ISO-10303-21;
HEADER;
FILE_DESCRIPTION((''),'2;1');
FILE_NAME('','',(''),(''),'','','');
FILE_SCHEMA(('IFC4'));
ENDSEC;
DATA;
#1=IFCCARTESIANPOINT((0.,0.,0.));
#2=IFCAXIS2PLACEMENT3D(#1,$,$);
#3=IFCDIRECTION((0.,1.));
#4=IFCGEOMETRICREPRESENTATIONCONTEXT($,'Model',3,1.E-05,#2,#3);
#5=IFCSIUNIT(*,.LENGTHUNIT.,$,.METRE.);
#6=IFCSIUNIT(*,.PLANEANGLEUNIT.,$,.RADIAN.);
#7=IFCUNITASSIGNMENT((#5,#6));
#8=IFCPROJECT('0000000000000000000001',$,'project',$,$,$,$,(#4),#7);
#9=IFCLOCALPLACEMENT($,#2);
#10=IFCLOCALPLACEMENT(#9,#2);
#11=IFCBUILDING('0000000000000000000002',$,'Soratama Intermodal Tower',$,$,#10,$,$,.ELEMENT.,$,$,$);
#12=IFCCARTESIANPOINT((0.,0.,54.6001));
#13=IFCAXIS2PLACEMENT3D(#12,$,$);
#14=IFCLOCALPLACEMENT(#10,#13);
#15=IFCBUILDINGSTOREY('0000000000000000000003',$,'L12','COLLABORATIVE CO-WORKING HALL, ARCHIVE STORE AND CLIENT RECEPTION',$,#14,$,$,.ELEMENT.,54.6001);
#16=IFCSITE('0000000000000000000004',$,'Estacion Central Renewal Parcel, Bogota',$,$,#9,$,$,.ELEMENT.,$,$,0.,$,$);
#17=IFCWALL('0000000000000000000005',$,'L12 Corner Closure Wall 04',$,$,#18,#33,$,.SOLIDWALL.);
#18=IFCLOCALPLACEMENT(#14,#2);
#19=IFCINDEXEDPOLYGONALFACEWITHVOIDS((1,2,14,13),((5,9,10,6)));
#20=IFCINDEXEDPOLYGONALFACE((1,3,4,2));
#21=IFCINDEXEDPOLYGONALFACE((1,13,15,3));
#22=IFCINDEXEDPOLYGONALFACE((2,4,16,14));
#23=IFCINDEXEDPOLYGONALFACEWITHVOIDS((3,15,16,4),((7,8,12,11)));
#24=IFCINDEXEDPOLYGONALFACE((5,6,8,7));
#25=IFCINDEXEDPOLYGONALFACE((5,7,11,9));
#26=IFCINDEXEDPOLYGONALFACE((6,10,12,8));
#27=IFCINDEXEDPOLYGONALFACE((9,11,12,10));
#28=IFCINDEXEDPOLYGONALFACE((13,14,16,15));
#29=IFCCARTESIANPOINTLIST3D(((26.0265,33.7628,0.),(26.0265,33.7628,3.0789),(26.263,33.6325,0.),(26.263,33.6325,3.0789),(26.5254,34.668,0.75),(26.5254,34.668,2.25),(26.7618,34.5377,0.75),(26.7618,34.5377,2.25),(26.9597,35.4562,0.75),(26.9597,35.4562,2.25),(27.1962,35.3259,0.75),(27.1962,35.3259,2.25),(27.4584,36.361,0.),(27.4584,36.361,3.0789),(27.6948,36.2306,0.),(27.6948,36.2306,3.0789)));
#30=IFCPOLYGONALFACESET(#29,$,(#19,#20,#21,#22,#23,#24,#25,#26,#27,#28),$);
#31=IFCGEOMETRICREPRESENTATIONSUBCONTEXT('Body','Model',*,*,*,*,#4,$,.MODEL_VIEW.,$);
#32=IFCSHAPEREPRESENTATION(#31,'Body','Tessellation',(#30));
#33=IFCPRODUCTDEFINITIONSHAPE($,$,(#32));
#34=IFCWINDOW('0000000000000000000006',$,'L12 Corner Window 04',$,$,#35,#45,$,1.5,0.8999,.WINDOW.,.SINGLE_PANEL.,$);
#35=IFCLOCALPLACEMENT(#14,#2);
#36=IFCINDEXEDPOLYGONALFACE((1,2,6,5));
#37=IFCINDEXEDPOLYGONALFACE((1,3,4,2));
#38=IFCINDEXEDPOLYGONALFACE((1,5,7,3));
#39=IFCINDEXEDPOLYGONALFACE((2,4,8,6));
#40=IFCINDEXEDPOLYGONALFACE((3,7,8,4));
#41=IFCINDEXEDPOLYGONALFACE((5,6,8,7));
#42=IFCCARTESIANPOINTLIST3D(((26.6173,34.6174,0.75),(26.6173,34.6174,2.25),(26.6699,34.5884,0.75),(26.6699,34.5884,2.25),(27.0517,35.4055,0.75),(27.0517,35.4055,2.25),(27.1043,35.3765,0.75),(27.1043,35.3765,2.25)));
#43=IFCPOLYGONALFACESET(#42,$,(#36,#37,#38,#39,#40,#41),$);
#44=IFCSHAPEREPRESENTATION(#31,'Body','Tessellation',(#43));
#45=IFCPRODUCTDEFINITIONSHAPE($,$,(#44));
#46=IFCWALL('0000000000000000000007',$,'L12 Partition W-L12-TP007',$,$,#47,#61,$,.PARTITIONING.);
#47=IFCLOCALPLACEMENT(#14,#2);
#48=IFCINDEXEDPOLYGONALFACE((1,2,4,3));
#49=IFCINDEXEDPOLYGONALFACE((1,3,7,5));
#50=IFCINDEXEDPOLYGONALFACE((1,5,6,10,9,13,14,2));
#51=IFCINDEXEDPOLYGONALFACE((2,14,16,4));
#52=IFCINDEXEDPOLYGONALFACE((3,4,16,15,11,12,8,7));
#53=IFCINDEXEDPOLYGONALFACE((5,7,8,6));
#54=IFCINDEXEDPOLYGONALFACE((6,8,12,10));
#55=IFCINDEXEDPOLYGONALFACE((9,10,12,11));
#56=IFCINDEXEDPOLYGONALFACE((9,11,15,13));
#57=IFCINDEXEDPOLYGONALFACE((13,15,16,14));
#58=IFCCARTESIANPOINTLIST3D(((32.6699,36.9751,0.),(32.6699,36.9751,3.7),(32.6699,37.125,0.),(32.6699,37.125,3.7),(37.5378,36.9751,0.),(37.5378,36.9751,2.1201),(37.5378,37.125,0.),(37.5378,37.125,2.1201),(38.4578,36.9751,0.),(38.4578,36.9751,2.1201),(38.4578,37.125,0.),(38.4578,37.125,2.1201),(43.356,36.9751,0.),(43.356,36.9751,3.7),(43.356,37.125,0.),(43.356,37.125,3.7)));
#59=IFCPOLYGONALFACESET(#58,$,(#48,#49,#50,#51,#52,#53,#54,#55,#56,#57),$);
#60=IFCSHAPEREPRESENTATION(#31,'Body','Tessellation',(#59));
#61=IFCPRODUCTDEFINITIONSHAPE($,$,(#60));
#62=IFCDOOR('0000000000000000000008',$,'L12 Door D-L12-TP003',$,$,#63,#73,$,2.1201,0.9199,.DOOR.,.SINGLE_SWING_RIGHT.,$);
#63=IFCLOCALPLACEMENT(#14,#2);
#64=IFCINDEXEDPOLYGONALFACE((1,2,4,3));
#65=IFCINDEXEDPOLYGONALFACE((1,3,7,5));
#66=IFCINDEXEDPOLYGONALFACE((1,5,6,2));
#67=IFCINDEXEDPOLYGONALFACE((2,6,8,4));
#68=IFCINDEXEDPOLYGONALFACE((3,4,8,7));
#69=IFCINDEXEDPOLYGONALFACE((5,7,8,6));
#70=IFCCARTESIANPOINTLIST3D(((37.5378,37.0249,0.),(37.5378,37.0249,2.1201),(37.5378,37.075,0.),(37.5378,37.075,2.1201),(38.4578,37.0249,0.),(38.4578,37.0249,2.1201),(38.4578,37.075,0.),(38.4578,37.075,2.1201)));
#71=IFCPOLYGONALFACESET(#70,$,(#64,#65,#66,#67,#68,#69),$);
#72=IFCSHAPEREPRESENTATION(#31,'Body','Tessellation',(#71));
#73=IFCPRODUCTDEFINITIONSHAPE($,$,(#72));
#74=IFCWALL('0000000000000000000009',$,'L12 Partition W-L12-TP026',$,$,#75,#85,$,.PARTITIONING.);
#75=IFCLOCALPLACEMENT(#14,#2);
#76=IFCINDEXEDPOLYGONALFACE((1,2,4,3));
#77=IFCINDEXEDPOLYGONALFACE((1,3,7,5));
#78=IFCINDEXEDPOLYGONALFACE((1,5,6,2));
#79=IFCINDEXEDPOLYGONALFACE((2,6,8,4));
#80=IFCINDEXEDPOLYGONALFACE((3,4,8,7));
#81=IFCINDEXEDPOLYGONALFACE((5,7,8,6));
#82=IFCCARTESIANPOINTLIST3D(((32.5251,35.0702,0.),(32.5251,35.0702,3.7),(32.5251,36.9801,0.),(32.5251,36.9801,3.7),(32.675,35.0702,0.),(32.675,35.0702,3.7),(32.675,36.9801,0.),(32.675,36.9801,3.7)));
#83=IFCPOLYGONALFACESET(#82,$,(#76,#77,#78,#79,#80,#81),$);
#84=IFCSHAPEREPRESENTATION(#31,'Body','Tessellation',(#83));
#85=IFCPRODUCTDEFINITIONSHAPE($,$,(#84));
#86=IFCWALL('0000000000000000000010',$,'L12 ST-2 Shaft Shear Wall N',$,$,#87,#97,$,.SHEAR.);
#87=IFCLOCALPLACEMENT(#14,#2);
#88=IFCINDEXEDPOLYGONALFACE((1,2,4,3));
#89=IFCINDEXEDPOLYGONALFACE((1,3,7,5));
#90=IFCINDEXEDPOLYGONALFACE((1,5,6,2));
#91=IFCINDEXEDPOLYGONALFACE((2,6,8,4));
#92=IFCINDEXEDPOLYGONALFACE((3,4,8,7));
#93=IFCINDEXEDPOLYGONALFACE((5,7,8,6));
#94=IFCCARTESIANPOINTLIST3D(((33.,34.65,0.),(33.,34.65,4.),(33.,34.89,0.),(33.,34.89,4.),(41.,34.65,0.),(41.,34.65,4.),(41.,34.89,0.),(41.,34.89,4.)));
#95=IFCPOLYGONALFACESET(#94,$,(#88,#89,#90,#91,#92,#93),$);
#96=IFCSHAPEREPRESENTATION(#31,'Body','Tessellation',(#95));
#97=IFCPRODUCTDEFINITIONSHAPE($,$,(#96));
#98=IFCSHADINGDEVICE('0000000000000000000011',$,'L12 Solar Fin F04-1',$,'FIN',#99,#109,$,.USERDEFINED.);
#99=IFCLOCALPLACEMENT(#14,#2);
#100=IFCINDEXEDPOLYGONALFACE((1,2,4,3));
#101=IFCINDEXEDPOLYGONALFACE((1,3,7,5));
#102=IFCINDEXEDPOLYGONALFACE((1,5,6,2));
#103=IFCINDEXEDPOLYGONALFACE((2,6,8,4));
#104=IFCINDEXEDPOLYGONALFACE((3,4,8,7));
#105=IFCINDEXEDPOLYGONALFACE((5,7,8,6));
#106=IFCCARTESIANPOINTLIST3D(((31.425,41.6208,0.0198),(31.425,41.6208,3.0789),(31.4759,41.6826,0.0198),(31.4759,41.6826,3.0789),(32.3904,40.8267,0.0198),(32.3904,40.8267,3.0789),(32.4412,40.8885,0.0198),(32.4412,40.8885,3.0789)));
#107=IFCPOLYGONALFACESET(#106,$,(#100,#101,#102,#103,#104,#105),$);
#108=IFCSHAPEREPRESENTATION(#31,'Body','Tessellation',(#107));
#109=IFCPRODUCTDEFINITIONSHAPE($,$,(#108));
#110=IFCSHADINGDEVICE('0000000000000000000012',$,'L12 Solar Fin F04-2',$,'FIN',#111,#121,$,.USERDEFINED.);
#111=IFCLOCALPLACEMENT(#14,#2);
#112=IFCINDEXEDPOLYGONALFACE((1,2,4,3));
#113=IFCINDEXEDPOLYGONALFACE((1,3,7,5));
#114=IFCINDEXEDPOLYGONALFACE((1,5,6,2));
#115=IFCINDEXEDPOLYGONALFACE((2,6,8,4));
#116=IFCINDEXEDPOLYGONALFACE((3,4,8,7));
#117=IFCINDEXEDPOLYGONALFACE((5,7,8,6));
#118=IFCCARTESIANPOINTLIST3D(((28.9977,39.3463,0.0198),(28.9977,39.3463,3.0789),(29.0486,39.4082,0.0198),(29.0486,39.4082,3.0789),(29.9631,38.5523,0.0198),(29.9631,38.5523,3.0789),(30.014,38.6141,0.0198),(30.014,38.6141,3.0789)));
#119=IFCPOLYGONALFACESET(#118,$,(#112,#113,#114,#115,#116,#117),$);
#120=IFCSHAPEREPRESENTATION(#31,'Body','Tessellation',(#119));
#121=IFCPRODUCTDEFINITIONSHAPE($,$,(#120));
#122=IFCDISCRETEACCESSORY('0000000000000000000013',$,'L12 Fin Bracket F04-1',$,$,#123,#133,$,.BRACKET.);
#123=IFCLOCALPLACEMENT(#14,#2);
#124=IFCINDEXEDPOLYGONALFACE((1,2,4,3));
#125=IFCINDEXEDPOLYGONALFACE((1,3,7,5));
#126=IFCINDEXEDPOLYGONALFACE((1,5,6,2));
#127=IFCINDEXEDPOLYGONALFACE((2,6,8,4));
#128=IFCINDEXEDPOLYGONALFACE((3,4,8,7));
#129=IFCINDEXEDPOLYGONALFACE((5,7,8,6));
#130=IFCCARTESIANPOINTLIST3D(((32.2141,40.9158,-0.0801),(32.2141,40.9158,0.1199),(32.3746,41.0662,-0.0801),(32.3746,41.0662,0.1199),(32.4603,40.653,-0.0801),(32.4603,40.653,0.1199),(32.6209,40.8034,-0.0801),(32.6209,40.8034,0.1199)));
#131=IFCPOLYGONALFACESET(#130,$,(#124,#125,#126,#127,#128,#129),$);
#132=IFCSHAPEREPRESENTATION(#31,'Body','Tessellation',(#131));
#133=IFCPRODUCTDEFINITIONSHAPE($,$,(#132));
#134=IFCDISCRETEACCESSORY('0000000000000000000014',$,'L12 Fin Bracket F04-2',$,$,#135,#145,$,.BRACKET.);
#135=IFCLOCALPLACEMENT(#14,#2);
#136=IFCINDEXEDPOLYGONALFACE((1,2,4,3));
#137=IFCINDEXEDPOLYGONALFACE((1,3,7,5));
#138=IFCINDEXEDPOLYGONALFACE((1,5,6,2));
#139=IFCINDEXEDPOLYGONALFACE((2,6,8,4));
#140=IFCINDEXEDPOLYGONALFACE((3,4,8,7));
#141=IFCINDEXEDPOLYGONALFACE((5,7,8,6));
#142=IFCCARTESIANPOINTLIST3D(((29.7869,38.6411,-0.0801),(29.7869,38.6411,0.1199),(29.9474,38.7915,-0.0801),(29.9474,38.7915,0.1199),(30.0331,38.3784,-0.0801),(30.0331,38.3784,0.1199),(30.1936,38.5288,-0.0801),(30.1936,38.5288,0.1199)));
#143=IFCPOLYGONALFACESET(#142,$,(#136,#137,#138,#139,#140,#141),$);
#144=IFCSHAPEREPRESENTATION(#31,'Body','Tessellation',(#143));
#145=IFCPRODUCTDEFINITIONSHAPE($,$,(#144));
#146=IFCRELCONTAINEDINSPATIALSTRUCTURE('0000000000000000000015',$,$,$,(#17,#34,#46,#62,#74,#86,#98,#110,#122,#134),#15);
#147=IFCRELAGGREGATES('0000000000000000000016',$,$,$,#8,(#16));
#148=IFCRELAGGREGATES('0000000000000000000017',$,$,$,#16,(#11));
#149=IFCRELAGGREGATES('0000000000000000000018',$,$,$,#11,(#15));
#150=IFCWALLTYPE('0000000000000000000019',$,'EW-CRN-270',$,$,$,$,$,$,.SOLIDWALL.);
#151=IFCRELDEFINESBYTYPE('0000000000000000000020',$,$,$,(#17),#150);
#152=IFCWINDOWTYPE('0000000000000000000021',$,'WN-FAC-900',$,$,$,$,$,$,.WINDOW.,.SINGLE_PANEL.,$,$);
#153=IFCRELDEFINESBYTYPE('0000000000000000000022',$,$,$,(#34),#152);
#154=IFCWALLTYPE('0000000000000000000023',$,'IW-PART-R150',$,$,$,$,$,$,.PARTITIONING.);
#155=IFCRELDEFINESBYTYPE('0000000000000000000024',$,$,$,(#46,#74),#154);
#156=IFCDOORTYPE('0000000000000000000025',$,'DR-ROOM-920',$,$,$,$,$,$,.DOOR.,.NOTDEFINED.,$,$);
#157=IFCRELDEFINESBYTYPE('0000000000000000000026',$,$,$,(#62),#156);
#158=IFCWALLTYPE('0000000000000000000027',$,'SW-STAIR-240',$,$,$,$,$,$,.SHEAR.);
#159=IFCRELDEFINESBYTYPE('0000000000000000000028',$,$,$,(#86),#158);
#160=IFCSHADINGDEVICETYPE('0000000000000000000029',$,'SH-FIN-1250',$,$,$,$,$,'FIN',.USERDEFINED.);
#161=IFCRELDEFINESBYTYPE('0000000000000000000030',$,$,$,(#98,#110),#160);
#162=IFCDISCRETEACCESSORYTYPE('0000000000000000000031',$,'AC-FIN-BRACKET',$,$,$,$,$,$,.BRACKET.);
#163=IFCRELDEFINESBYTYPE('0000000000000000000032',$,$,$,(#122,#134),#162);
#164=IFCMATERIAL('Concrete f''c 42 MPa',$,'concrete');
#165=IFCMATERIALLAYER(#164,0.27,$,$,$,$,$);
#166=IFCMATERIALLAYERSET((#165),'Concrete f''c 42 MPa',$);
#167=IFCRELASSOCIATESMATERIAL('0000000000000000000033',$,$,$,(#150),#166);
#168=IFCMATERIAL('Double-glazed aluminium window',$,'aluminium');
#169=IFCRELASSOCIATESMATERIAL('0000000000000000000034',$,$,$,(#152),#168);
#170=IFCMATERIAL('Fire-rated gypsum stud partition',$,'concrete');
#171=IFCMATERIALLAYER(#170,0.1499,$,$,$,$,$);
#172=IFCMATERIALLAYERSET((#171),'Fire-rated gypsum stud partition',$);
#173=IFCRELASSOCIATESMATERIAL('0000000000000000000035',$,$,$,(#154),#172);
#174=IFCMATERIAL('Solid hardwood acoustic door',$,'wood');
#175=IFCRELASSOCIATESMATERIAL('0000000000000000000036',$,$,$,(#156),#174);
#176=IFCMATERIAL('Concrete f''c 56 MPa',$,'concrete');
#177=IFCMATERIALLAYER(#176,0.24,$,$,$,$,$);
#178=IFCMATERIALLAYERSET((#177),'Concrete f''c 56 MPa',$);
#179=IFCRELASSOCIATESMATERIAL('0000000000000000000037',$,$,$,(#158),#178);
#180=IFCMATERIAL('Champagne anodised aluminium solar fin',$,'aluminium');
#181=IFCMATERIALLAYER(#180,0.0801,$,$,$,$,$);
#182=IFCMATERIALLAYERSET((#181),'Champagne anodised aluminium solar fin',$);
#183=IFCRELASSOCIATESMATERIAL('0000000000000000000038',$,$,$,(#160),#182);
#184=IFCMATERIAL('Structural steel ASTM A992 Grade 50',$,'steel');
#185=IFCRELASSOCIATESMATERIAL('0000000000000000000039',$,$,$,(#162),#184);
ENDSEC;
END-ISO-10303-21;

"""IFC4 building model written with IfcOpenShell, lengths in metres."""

from ifc_helpers import new_model, si_unit, direction, frame, frame_2d, origin, origin_2d, place, context, subcontext, project, spatial, rectangle, extrude, material, layer, layer_set, type_object, element, fill, save


model = new_model("IFC4")

# Units and contexts
model_context = context("Model", 3, precision=1e-05, world=origin(), true_north=direction((0.0, 1.0)))
body_context = subcontext(model_context, "Body", "Model", "MODEL_VIEW")
ifc_project = project(units=[si_unit("LENGTHUNIT", "METRE"), si_unit("PLANEANGLEUNIT", "RADIAN")], contexts=[model_context])

# Site, building, storey
site_placement = place(None, origin())
site = spatial("IfcSite", under=ifc_project, at=site_placement, Name="Estacion Central Renewal Parcel, Bogota", CompositionType="ELEMENT", RefElevation=0.0)
building_placement = place(site_placement, origin())
building = spatial("IfcBuilding", under=site, at=building_placement, Name="Soratama Intermodal Tower", CompositionType="ELEMENT")
storey_placement = place(building_placement, frame((0.0, 0.0, 54.6001)))
storey = spatial("IfcBuildingStorey", under=building, at=storey_placement, Name="L12", Description="COLLABORATIVE CO-WORKING HALL, ARCHIVE STORE AND CLIENT RECEPTION", CompositionType="ELEMENT", Elevation=54.6001)

# Wall, opening, window
ifc_material_1 = material(Name="Concrete f'c 42 MPa", Category="concrete")
ifc_layer_1 = layer(ifc_material_1, 0.27)
ifc_layer_set_1 = layer_set([ifc_layer_1], Name="Concrete f'c 42 MPa")
wall_type_1 = type_object("IfcWallType", Name="EW-CRN-270", PredefinedType="SOLIDWALL", material=ifc_layer_set_1)
wall_1_placement = place(storey_placement, frame((27.5767, 36.2959, 0.0), z_axis=(0.0, 0.0, 1.0), x_axis=(-0.48267, -0.875802, 0.0)))
wall_1 = element("IfcWall", 1, at=wall_1_placement, inside=storey, type_object=wall_type_1, Name="L12 Corner Closure Wall 04", PredefinedType="SOLIDWALL", context=body_context, shape_type="SweptSolid", body=[
    extrude(rectangle(XDim=2.9666, YDim=0.27, at=frame_2d((1.4834, 0.0))), origin(), (0.0, 0.0, 1.0), 3.0789),
])
opening_1_placement = place(wall_1_placement, frame((1.0332, 0.0, 0.75)))
opening_1 = element("IfcOpeningElement", 2, at=opening_1_placement, cuts=wall_1, PredefinedType="OPENING", context=body_context, shape_type="SweptSolid", body=[
    extrude(rectangle(XDim=0.8999, YDim=1.5, at=frame_2d((0.45, 0.75))), frame((0.0, 0.145, 0.0), z_axis=(0.0, -1.0, 0.0), x_axis=(1.0, 0.0, 0.0)), (0.0, 0.0, 1.0), 0.29),
])
ifc_material_2 = material(Name="Double-glazed aluminium window", Category="aluminium")
window_type_1 = type_object("IfcWindowType", Name="WN-FAC-900", PartitioningType="SINGLE_PANEL", PredefinedType="WINDOW", material=ifc_material_2)
window_1_placement = place(opening_1_placement, origin())
window_1 = element("IfcWindow", 3, at=window_1_placement, inside=storey, type_object=window_type_1, Name="L12 Corner Window 04", OverallHeight=1.5, OverallWidth=0.8999, PartitioningType="SINGLE_PANEL", PredefinedType="WINDOW", context=body_context, shape_type="SweptSolid", body=[
    extrude(rectangle(XDim=0.8999, YDim=1.5, at=frame_2d((0.45, 0.75))), frame((0.0, 0.03, 0.0), z_axis=(0.0, -1.0, 0.0), x_axis=(1.0, 0.0, 0.0)), (0.0, 0.0, 1.0), 0.0601),
])
fill(opening_1, window_1)

# Wall, opening, door
ifc_material_3 = material(Name="Fire-rated gypsum stud partition", Category="concrete")
ifc_layer_2 = layer(ifc_material_3, 0.1499)
ifc_layer_set_2 = layer_set([ifc_layer_2], Name="Fire-rated gypsum stud partition")
wall_type_2 = type_object("IfcWallType", Name="IW-PART-R150", PredefinedType="PARTITIONING", material=ifc_layer_set_2)
wall_2_placement = place(storey_placement, frame((32.6699, 37.05, 0.0), z_axis=(0.0, 0.0, 1.0), x_axis=(1.0, 0.0, 0.0)))
wall_2 = element("IfcWall", 4, at=wall_2_placement, inside=storey, type_object=wall_type_2, Name="L12 Partition W-L12-TP007", PredefinedType="PARTITIONING", context=body_context, shape_type="SweptSolid", body=[
    extrude(rectangle(XDim=10.686, YDim=0.1499, at=frame_2d((5.343, 0.0))), origin(), (0.0, 0.0, 1.0), 3.7),
])
opening_2_placement = place(wall_2_placement, frame((4.8679, 0.0, 0.0)))
opening_2 = element("IfcOpeningElement", 5, at=opening_2_placement, cuts=wall_2, PredefinedType="OPENING", context=body_context, shape_type="SweptSolid", body=[
    extrude(rectangle(XDim=0.9199, YDim=2.1201, at=frame_2d((0.46, 1.0601))), frame((0.0, 0.085, 0.0), z_axis=(0.0, -1.0, 0.0), x_axis=(1.0, 0.0, 0.0)), (0.0, 0.0, 1.0), 0.1699),
])
ifc_material_4 = material(Name="Solid hardwood acoustic door", Category="wood")
door_type_1 = type_object("IfcDoorType", Name="DR-ROOM-920", OperationType="NOTDEFINED", PredefinedType="DOOR", material=ifc_material_4)
door_1_placement = place(opening_2_placement, origin())
door_1 = element("IfcDoor", 6, at=door_1_placement, inside=storey, type_object=door_type_1, Name="L12 Door D-L12-TP003", OperationType="SINGLE_SWING_RIGHT", OverallHeight=2.1201, OverallWidth=0.9199, PredefinedType="DOOR", context=body_context, shape_type="SweptSolid", body=[
    extrude(rectangle(XDim=0.9199, YDim=2.1201, at=frame_2d((0.46, 1.0601))), frame((0.0, 0.0249, 0.0), z_axis=(0.0, -1.0, 0.0), x_axis=(1.0, 0.0, 0.0)), (0.0, 0.0, 1.0), 0.05),
])
fill(opening_2, door_1)

# Walls
wall_3_placement = place(storey_placement, frame((32.6001, 35.0701, 0.0), z_axis=(0.0, 0.0, 1.0), x_axis=(0.0, 1.0, 0.0)))
element("IfcWall", 7, at=wall_3_placement, inside=storey, type_object=wall_type_2, Name="L12 Partition W-L12-TP026", PredefinedType="PARTITIONING", context=body_context, shape_type="SweptSolid", body=[
    extrude(rectangle(XDim=1.9099, YDim=0.1499, at=frame_2d((0.9551, 0.0))), origin(), (0.0, 0.0, 1.0), 3.7),
])
ifc_material_5 = material(Name="Concrete f'c 56 MPa", Category="concrete")
ifc_layer_3 = layer(ifc_material_5, 0.24)
ifc_layer_set_3 = layer_set([ifc_layer_3], Name="Concrete f'c 56 MPa")
wall_type_3 = type_object("IfcWallType", Name="SW-STAIR-240", PredefinedType="SHEAR", material=ifc_layer_set_3)
wall_4_placement = place(storey_placement, frame((33.0, 34.77, 0.0), z_axis=(0.0, 0.0, 1.0), x_axis=(1.0, 0.0, 0.0)))
element("IfcWall", 8, at=wall_4_placement, inside=storey, type_object=wall_type_3, Name="L12 ST-2 Shaft Shear Wall N", PredefinedType="SHEAR", context=body_context, shape_type="SweptSolid", body=[
    extrude(rectangle(XDim=8.0, YDim=0.24, at=frame_2d((4.0, 0.0))), origin(), (0.0, 0.0, 1.0), 4.0),
])

# Shading devices
ifc_material_6 = material(Name="Champagne anodised aluminium solar fin", Category="aluminium")
ifc_layer_4 = layer(ifc_material_6, 0.0801)
ifc_layer_set_4 = layer_set([ifc_layer_4], Name="Champagne anodised aluminium solar fin")
shading_device_type = type_object("IfcShadingDeviceType", Name="SH-FIN-1250", ElementType="FIN", PredefinedType="USERDEFINED", material=ifc_layer_set_4)
for number, where, z_axis, x_axis, name in (
    (9, (31.9331, 41.2546, 0.0198), (0.0, 0.0, 1.0), (-0.77229, 0.63527, 0.0), "L12 Solar Fin F04-1"),
    (10, (29.5059, 38.9802, 0.0198), (0.0, 0.0, 1.0), (-0.77229, 0.63527, 0.0), "L12 Solar Fin F04-2"),
):
    element("IfcShadingDevice", number, at=place(storey_placement, frame(where, z_axis=z_axis, x_axis=x_axis)), inside=storey, type_object=shading_device_type, Name=name, ObjectType="FIN", PredefinedType="USERDEFINED", context=body_context, shape_type="SweptSolid", body=[
        extrude(rectangle(XDim=1.25, YDim=0.0801, at=origin_2d()), origin(), (0.0, 0.0, 1.0), 3.0591),
    ])

# Discrete accessories
ifc_material_7 = material(Name="Structural steel ASTM A992 Grade 50", Category="steel")
discrete_accessory_type = type_object("IfcDiscreteAccessoryType", Name="AC-FIN-BRACKET", PredefinedType="BRACKET", material=ifc_material_7)
for number, where, z_axis, x_axis, name in (
    (11, (32.4175, 40.8596, -0.0801), (0.0, 0.0, 1.0), (-0.683783, 0.729685, 0.0), "L12 Fin Bracket F04-1"),
    (12, (29.9902, 38.585, -0.0801), (0.0, 0.0, 1.0), (-0.683783, 0.729685, 0.0), "L12 Fin Bracket F04-2"),
):
    element("IfcDiscreteAccessory", number, at=place(storey_placement, frame(where, z_axis=z_axis, x_axis=x_axis)), inside=storey, type_object=discrete_accessory_type, Name=name, PredefinedType="BRACKET", context=body_context, shape_type="SweptSolid", body=[
        extrude(rectangle(XDim=0.3601, YDim=0.22, at=origin_2d()), origin(), (0.0, 0.0, 1.0), 0.2),
    ])

save(model, "model.ifc")
